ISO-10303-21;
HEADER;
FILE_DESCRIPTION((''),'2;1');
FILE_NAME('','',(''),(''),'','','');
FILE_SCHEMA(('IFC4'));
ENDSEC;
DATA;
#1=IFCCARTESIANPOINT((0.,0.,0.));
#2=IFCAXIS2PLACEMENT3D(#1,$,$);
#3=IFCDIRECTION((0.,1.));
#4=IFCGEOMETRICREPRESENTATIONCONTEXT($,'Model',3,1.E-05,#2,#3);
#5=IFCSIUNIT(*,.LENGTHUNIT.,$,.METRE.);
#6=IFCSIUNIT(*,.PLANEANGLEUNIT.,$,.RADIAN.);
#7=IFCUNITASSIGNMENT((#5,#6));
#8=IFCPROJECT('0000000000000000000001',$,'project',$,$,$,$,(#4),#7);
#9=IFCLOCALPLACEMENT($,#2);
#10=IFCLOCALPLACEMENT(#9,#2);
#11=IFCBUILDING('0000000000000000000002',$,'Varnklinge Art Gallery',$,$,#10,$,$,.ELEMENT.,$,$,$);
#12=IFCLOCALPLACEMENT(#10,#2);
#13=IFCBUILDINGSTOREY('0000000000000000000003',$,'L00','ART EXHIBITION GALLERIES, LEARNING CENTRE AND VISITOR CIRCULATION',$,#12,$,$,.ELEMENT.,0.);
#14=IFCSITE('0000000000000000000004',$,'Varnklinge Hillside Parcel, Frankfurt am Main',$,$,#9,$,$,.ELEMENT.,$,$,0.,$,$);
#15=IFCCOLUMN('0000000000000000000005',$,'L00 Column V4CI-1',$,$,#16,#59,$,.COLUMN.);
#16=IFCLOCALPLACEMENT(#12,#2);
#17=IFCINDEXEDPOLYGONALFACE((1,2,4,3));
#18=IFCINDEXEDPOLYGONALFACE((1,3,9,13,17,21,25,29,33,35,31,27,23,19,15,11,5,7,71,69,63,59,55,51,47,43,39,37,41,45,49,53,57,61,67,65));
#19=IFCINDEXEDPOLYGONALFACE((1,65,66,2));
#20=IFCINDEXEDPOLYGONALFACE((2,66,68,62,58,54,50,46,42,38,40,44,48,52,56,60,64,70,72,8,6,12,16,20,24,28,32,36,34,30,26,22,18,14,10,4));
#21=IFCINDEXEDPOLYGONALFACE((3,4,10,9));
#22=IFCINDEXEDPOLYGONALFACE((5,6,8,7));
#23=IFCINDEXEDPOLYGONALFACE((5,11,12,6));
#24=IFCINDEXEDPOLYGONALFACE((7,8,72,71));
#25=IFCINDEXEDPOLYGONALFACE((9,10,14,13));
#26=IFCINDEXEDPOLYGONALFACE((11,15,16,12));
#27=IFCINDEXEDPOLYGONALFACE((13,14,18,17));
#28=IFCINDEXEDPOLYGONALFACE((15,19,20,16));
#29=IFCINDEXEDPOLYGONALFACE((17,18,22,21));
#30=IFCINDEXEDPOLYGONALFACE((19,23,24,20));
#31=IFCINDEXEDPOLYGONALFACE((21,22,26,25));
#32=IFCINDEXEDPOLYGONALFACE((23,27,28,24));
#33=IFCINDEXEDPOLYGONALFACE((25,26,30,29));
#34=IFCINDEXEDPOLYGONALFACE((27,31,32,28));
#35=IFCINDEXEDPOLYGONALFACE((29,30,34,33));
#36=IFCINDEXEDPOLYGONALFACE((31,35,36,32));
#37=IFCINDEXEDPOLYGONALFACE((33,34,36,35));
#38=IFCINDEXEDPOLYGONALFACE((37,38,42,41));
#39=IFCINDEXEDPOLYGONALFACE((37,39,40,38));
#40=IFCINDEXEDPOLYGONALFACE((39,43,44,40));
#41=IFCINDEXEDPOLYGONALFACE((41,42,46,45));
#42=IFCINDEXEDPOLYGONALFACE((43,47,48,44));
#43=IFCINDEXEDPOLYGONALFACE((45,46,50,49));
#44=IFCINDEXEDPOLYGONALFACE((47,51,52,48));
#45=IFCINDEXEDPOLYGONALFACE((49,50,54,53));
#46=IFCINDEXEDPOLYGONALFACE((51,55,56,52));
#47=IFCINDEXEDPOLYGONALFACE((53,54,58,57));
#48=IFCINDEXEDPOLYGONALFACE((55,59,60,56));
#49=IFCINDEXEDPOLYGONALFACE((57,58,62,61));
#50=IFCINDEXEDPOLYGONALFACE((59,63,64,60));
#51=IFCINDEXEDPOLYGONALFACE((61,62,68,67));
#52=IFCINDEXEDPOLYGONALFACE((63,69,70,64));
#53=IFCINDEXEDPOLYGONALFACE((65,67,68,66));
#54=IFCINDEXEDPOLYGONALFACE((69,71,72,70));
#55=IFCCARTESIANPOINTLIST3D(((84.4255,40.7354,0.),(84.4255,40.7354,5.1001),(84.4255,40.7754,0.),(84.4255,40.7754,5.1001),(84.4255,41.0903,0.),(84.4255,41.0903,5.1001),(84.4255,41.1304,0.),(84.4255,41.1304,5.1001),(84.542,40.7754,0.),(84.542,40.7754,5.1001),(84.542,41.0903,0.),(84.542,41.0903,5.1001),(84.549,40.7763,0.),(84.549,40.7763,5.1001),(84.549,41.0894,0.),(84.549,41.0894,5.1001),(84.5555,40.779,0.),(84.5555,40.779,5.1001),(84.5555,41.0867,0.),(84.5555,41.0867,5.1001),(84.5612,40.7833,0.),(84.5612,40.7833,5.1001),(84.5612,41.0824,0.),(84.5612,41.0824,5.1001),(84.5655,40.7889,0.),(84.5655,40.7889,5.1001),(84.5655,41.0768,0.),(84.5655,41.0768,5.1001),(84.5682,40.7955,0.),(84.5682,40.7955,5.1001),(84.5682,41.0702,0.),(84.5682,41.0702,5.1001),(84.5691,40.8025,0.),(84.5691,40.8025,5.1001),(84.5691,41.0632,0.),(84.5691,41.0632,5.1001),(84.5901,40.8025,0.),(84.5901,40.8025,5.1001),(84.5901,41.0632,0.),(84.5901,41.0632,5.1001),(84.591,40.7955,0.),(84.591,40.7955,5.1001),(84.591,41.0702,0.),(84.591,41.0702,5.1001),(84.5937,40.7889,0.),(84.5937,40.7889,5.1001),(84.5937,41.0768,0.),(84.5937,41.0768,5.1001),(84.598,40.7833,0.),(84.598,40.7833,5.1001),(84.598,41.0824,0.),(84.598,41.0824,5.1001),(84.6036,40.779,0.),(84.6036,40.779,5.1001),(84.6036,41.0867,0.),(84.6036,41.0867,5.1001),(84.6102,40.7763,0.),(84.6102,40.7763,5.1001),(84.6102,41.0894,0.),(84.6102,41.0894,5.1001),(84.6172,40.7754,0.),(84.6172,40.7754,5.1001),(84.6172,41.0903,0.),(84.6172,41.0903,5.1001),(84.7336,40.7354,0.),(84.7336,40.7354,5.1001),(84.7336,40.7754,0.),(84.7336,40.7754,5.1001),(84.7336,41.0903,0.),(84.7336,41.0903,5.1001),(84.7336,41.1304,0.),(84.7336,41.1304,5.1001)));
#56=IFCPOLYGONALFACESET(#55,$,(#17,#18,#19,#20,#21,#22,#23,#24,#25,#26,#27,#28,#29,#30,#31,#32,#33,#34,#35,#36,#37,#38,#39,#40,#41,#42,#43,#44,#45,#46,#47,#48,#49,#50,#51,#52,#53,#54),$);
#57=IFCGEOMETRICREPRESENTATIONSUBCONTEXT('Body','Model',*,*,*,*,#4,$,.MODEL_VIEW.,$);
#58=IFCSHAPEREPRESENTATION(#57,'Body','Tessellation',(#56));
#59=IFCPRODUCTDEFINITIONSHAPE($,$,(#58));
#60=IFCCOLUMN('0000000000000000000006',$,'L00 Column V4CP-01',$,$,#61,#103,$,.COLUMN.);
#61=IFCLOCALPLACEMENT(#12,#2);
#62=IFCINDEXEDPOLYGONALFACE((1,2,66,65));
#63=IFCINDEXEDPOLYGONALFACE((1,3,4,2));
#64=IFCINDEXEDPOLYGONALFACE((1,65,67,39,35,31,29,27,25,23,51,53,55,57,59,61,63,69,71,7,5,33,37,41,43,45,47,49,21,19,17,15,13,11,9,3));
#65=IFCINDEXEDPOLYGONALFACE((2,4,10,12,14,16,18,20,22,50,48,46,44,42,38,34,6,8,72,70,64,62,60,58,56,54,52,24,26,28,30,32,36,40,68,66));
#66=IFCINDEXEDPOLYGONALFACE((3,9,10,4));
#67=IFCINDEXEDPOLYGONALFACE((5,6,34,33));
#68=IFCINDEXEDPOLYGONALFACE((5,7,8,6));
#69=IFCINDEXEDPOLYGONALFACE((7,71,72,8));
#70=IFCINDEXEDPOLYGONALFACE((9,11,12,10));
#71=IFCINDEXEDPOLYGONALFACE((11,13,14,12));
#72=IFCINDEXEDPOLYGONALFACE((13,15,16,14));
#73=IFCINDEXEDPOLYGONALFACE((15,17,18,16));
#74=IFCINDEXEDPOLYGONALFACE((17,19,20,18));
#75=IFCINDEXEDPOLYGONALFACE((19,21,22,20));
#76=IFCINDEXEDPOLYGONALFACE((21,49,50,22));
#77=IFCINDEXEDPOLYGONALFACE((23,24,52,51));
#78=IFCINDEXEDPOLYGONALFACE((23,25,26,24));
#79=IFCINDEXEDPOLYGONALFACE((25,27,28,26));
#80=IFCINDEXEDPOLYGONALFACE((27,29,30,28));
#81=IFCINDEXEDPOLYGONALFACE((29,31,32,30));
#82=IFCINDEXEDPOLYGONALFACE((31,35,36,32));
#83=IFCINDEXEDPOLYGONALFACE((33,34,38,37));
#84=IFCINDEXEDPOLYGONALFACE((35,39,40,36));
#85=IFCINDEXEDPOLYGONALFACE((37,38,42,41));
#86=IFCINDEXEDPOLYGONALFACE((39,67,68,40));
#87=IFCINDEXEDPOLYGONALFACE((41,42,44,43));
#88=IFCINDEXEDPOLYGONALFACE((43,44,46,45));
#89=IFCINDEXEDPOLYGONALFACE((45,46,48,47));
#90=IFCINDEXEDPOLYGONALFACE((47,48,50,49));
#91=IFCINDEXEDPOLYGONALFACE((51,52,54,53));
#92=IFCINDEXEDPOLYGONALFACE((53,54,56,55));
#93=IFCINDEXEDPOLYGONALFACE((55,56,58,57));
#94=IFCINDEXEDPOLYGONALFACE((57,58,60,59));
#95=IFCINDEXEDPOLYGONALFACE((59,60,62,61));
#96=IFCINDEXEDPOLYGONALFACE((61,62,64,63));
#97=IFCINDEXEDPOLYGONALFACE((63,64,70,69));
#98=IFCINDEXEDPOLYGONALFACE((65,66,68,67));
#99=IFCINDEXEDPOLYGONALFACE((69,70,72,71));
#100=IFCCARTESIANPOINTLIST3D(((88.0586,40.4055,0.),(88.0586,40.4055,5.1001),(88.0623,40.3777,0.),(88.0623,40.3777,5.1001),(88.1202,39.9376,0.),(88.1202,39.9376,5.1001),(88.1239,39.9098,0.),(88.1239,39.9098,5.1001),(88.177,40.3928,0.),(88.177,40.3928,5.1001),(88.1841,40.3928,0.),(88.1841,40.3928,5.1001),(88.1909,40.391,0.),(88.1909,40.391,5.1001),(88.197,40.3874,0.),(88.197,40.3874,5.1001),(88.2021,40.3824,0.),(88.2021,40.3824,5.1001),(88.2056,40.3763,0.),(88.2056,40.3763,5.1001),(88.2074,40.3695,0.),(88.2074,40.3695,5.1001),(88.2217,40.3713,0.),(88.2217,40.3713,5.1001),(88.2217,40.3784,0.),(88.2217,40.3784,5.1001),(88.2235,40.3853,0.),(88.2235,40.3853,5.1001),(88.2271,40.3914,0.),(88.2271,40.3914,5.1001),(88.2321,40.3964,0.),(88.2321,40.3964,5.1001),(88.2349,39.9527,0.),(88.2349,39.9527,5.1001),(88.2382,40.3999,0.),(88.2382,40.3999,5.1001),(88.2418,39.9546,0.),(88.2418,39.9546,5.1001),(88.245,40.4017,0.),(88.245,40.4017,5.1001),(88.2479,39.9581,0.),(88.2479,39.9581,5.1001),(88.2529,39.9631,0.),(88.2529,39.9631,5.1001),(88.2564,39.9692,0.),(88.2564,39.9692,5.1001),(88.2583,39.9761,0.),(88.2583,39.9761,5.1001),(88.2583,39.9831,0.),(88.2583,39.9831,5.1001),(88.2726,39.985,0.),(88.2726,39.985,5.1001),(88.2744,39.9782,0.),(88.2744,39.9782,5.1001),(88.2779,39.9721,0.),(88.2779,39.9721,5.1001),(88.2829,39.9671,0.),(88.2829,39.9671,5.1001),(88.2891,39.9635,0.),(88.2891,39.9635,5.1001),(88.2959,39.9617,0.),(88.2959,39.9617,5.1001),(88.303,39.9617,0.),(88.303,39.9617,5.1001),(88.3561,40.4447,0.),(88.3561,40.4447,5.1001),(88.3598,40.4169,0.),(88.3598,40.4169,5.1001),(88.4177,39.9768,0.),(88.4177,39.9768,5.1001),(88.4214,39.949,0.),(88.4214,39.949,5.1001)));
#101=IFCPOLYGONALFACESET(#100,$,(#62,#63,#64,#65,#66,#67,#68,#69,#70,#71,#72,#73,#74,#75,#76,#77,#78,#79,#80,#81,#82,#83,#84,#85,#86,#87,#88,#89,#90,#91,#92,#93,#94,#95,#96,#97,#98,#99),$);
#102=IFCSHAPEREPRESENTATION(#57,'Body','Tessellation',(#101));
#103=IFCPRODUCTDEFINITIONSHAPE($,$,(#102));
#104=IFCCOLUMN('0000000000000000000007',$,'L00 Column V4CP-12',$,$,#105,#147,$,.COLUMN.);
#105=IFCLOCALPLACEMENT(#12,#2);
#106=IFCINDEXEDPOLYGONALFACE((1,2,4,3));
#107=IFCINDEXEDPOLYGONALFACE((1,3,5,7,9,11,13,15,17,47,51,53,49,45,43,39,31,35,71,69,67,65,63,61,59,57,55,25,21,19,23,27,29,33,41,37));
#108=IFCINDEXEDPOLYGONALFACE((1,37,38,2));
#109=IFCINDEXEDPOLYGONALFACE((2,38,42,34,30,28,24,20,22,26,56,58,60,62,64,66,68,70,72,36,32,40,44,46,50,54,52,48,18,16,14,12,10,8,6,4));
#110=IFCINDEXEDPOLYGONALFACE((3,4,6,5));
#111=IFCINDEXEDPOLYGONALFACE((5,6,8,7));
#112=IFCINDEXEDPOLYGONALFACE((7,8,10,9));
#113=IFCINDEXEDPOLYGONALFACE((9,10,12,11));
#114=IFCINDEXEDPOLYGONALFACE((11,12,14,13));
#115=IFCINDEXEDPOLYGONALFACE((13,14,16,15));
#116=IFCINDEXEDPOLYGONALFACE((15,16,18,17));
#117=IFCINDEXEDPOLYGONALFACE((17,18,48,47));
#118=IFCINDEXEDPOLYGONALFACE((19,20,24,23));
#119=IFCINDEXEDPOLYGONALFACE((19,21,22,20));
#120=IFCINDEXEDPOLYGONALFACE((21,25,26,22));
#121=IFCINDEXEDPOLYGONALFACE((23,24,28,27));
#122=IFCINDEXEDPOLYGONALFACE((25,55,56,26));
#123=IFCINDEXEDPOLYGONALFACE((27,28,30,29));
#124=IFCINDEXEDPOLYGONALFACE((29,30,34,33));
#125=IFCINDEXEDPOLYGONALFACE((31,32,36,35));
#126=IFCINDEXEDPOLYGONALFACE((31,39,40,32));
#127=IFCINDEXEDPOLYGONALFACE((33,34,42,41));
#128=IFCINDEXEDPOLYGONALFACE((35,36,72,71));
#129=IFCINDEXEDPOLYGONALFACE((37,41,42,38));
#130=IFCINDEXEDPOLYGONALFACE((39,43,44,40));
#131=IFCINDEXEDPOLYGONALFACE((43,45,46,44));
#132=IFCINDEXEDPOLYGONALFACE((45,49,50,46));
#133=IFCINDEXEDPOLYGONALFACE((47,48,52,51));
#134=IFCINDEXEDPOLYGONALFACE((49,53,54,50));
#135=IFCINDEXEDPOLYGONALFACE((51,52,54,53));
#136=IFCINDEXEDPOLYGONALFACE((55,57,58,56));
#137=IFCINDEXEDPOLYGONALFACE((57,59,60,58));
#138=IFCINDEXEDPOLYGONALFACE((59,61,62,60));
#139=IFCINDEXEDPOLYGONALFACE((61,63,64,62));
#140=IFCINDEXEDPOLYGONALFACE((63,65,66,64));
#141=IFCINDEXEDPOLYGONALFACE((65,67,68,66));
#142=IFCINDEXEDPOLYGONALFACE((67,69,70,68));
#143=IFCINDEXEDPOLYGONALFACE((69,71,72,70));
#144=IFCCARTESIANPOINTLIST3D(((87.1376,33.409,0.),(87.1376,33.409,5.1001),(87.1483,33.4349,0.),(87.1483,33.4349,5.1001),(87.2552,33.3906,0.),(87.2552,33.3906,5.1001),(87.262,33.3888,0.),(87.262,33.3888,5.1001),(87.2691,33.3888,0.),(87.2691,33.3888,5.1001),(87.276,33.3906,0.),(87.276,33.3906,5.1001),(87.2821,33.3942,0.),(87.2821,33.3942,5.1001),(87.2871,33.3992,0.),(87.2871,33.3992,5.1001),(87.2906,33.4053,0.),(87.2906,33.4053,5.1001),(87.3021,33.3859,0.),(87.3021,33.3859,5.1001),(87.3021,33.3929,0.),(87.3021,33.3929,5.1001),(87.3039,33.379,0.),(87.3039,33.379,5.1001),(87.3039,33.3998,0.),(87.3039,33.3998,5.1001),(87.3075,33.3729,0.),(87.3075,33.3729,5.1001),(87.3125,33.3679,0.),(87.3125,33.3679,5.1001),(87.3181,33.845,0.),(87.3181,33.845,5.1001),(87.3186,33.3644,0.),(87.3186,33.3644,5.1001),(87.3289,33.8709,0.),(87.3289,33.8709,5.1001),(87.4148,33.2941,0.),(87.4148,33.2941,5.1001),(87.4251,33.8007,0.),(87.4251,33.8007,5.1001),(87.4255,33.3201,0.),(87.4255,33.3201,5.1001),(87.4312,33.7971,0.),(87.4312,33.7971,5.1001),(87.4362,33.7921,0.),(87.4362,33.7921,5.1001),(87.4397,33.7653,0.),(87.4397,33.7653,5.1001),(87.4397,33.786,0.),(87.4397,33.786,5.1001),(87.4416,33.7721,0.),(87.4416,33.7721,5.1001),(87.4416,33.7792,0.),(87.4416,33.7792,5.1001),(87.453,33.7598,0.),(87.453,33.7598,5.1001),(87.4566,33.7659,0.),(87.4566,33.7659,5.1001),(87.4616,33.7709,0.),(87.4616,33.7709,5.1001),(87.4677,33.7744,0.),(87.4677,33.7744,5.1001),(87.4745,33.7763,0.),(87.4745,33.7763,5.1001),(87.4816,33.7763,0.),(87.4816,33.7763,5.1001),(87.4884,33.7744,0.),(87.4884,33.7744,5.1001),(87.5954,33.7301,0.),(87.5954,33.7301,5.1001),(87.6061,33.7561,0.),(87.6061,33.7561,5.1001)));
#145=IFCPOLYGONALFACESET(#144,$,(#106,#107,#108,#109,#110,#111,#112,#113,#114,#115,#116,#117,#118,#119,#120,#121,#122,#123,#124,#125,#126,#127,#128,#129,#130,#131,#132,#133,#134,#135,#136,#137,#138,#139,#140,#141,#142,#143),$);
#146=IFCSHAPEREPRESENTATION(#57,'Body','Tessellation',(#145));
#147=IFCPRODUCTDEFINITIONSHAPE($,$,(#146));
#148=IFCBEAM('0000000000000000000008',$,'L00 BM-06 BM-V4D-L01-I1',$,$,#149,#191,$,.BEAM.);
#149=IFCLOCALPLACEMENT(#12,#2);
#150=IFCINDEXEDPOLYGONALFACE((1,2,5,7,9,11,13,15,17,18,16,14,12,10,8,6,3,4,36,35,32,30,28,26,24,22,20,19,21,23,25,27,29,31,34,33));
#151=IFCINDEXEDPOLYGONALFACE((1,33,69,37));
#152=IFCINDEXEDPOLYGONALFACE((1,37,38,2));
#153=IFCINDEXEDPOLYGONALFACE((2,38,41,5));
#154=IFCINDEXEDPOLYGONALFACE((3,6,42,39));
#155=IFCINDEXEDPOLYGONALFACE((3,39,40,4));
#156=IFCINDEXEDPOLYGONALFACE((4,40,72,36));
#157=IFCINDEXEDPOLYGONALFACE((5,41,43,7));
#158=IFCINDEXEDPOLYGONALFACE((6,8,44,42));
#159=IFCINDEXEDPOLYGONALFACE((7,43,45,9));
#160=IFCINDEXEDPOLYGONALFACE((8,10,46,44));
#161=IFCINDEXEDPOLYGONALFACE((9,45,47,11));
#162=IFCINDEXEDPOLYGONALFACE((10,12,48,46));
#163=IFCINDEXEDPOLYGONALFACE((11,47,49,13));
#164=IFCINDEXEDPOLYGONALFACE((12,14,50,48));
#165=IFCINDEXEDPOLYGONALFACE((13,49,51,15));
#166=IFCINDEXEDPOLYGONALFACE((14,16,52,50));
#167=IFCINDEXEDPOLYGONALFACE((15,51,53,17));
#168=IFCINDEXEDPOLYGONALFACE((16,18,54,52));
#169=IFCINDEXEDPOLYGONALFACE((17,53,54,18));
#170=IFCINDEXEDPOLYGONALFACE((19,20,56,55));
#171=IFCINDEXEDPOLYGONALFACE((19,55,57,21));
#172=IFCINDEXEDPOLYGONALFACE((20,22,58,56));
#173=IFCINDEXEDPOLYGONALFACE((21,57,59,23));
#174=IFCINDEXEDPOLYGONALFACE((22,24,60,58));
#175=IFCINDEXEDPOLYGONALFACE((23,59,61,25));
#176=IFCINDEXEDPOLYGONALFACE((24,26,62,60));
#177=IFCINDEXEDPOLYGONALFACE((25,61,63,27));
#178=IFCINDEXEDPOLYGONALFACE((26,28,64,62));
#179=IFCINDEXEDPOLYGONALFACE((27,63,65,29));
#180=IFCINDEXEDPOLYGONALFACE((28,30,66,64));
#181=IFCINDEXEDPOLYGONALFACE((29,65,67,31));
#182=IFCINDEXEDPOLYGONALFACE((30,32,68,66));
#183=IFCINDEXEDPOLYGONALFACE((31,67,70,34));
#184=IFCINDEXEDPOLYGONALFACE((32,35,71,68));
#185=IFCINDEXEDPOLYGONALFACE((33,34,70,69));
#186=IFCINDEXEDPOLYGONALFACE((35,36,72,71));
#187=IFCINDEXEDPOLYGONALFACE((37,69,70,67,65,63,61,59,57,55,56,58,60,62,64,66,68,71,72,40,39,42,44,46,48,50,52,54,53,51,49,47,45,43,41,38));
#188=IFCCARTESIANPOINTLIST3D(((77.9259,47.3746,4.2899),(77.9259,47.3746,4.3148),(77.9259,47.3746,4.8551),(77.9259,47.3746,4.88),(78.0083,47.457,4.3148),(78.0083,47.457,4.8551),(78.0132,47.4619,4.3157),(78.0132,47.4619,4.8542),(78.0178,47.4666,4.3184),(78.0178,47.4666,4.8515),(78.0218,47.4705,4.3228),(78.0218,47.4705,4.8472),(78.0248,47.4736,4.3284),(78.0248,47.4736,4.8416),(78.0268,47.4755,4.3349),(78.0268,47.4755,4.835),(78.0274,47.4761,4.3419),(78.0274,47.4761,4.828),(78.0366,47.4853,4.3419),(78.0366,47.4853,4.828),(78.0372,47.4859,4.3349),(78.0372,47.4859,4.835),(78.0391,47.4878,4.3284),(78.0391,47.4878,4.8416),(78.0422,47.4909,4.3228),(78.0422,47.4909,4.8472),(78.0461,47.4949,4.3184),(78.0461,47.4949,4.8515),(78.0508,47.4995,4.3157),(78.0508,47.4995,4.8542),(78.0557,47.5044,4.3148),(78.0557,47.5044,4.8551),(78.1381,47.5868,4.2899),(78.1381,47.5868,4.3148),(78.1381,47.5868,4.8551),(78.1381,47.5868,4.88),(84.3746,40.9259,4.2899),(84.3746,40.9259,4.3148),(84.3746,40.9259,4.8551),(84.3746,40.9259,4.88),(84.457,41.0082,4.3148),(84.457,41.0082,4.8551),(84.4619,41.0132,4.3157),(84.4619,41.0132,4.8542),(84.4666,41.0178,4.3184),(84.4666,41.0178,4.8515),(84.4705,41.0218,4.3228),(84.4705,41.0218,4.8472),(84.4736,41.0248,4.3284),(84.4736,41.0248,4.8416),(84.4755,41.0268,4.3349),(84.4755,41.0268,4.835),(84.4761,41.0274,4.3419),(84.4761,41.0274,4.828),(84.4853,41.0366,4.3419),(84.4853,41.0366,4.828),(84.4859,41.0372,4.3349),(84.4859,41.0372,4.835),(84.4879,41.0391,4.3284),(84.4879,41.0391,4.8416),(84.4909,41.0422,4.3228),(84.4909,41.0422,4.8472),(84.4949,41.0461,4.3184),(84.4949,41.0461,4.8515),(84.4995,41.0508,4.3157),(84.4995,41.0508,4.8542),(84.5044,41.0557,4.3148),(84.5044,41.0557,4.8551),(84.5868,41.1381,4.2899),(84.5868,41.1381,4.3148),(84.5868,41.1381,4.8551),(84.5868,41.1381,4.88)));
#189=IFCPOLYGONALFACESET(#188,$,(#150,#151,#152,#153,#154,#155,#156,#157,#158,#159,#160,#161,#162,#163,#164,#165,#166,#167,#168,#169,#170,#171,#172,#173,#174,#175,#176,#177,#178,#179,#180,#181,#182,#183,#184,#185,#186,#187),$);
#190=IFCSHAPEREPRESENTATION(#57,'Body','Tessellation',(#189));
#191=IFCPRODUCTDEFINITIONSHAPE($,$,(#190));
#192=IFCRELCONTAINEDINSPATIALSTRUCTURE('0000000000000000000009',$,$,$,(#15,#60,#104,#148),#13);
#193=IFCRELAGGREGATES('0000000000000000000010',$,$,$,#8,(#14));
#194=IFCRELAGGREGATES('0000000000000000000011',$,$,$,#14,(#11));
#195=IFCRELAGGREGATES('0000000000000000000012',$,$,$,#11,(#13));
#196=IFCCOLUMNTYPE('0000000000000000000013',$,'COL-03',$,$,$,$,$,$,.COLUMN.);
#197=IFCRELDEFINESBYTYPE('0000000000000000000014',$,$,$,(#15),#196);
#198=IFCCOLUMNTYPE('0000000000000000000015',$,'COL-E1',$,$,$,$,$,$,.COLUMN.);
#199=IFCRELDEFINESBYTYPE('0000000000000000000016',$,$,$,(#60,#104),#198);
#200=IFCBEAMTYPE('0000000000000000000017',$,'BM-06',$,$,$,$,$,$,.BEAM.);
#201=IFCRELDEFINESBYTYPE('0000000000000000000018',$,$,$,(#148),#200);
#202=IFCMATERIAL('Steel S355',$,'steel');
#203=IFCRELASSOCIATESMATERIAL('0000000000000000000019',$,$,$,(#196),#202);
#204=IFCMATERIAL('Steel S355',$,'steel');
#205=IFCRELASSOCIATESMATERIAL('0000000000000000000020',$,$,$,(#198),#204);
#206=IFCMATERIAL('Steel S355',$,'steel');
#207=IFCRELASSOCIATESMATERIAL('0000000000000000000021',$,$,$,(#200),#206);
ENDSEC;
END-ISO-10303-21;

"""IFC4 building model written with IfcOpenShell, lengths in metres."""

from ifc_helpers import new_model, si_unit, direction, frame, origin, origin_2d, place, context, subcontext, project, spatial, i_section, extrude, material, material_profile, profile_set, type_object, element, save


model = new_model("IFC4")

# Units and contexts
model_context = context("Model", 3, precision=1e-05, world=origin(), true_north=direction((0.0, 1.0)))
body_context = subcontext(model_context, "Body", "Model", "MODEL_VIEW")
ifc_project = project(units=[si_unit("LENGTHUNIT", "METRE"), si_unit("PLANEANGLEUNIT", "RADIAN")], contexts=[model_context])

# Site, building, storey
site_placement = place(None, origin())
site = spatial("IfcSite", under=ifc_project, at=site_placement, Name="Varnklinge Hillside Parcel, Frankfurt am Main", CompositionType="ELEMENT", RefElevation=0.0)
building_placement = place(site_placement, origin())
building = spatial("IfcBuilding", under=site, at=building_placement, Name="Varnklinge Art Gallery", CompositionType="ELEMENT")
storey_placement = place(building_placement, origin())
storey = spatial("IfcBuildingStorey", under=building, at=storey_placement, Name="L00", Description="ART EXHIBITION GALLERIES, LEARNING CENTRE AND VISITOR CIRCULATION", CompositionType="ELEMENT", Elevation=0.0)

# Columns
ifc_material_1 = material(Name="Steel S355", Category="steel")
ifc_material_profile_1 = material_profile(ifc_material_1, i_section(OverallWidth=0.3081, OverallDepth=0.395, WebThickness=0.021, FlangeThickness=0.04, FilletRadius=0.0271, at=origin_2d()), Name="HEM 360")
ifc_profile_set_1 = profile_set([ifc_material_profile_1], Name="Steel S355")
column_type_1 = type_object("IfcColumnType", Name="COL-03", PredefinedType="COLUMN", material=ifc_profile_set_1)
column_placement = place(storey_placement, frame((84.5796, 40.9329, 0.0), z_axis=(0.0, 0.0, 1.0), x_axis=(1.0, 0.0, 0.0)))
element("IfcColumn", 1, at=column_placement, inside=storey, type_object=column_type_1, Name="L00 Column V4CI-1", PredefinedType="COLUMN", context=body_context, shape_type="SweptSolid", body=[
    extrude(i_section(OverallWidth=0.3081, OverallDepth=0.395, WebThickness=0.021, FlangeThickness=0.04, FilletRadius=0.0271, at=origin_2d()), origin(), (0.0, 0.0, 1.0), 5.1001),
])
ifc_material_2 = material(Name="Steel S355", Category="steel")
ifc_material_profile_2 = material_profile(ifc_material_2, i_section(OverallWidth=0.3, OverallDepth=0.5, WebThickness=0.0144, FlangeThickness=0.0281, FilletRadius=0.0271, at=origin_2d()), Name="HEB 500")
ifc_profile_set_2 = profile_set([ifc_material_profile_2], Name="Steel S355")
column_type_2 = type_object("IfcColumnType", Name="COL-E1", PredefinedType="COLUMN", material=ifc_profile_set_2)
for number, where, z_axis, x_axis, name in (
    (2, (88.24, 40.1772, 0.0), (0.0, 0.0, 1.0), (0.991445, 0.130526, 0.0), "L00 Column V4CP-01"),
    (3, (87.3718, 33.5825, 0.0), (0.0, 0.0, 1.0), (0.92388, -0.382683, 0.0), "L00 Column V4CP-12"),
):
    element("IfcColumn", number, at=place(storey_placement, frame(where, z_axis=z_axis, x_axis=x_axis)), inside=storey, type_object=column_type_2, Name=name, PredefinedType="COLUMN", context=body_context, shape_type="SweptSolid", body=[
        extrude(i_section(OverallWidth=0.3, OverallDepth=0.5, WebThickness=0.0144, FlangeThickness=0.0281, FilletRadius=0.0271, at=origin_2d()), origin(), (0.0, 0.0, 1.0), 5.1001),
    ])

# Beam
ifc_material_3 = material(Name="Steel S355", Category="steel")
ifc_material_profile_3 = material_profile(ifc_material_3, i_section(OverallWidth=0.3, OverallDepth=0.5901, WebThickness=0.0129, FlangeThickness=0.0249, FilletRadius=0.0271, at=origin_2d()), Name="HEA 600")
ifc_profile_set_3 = profile_set([ifc_material_profile_3], Name="Steel S355")
beam_type_1 = type_object("IfcBeamType", Name="BM-06", PredefinedType="BEAM", material=ifc_profile_set_3)
beam_1_placement = place(storey_placement, frame((84.4807, 41.032, 4.585), z_axis=(-0.707107, 0.707107, 0.0), x_axis=(-0.707107, -0.707107, 0.0)))
element("IfcBeam", 4, at=beam_1_placement, inside=storey, type_object=beam_type_1, Name="L00 BM-06 BM-V4D-L01-I1", PredefinedType="BEAM", context=body_context, shape_type="SweptSolid", body=[
    extrude(i_section(OverallWidth=0.3, OverallDepth=0.5901, WebThickness=0.0129, FlangeThickness=0.0249, FilletRadius=0.0271, at=origin_2d()), origin(), (0.0, 0.0, 1.0), 9.1199),
])

save(model, "model.ifc")
